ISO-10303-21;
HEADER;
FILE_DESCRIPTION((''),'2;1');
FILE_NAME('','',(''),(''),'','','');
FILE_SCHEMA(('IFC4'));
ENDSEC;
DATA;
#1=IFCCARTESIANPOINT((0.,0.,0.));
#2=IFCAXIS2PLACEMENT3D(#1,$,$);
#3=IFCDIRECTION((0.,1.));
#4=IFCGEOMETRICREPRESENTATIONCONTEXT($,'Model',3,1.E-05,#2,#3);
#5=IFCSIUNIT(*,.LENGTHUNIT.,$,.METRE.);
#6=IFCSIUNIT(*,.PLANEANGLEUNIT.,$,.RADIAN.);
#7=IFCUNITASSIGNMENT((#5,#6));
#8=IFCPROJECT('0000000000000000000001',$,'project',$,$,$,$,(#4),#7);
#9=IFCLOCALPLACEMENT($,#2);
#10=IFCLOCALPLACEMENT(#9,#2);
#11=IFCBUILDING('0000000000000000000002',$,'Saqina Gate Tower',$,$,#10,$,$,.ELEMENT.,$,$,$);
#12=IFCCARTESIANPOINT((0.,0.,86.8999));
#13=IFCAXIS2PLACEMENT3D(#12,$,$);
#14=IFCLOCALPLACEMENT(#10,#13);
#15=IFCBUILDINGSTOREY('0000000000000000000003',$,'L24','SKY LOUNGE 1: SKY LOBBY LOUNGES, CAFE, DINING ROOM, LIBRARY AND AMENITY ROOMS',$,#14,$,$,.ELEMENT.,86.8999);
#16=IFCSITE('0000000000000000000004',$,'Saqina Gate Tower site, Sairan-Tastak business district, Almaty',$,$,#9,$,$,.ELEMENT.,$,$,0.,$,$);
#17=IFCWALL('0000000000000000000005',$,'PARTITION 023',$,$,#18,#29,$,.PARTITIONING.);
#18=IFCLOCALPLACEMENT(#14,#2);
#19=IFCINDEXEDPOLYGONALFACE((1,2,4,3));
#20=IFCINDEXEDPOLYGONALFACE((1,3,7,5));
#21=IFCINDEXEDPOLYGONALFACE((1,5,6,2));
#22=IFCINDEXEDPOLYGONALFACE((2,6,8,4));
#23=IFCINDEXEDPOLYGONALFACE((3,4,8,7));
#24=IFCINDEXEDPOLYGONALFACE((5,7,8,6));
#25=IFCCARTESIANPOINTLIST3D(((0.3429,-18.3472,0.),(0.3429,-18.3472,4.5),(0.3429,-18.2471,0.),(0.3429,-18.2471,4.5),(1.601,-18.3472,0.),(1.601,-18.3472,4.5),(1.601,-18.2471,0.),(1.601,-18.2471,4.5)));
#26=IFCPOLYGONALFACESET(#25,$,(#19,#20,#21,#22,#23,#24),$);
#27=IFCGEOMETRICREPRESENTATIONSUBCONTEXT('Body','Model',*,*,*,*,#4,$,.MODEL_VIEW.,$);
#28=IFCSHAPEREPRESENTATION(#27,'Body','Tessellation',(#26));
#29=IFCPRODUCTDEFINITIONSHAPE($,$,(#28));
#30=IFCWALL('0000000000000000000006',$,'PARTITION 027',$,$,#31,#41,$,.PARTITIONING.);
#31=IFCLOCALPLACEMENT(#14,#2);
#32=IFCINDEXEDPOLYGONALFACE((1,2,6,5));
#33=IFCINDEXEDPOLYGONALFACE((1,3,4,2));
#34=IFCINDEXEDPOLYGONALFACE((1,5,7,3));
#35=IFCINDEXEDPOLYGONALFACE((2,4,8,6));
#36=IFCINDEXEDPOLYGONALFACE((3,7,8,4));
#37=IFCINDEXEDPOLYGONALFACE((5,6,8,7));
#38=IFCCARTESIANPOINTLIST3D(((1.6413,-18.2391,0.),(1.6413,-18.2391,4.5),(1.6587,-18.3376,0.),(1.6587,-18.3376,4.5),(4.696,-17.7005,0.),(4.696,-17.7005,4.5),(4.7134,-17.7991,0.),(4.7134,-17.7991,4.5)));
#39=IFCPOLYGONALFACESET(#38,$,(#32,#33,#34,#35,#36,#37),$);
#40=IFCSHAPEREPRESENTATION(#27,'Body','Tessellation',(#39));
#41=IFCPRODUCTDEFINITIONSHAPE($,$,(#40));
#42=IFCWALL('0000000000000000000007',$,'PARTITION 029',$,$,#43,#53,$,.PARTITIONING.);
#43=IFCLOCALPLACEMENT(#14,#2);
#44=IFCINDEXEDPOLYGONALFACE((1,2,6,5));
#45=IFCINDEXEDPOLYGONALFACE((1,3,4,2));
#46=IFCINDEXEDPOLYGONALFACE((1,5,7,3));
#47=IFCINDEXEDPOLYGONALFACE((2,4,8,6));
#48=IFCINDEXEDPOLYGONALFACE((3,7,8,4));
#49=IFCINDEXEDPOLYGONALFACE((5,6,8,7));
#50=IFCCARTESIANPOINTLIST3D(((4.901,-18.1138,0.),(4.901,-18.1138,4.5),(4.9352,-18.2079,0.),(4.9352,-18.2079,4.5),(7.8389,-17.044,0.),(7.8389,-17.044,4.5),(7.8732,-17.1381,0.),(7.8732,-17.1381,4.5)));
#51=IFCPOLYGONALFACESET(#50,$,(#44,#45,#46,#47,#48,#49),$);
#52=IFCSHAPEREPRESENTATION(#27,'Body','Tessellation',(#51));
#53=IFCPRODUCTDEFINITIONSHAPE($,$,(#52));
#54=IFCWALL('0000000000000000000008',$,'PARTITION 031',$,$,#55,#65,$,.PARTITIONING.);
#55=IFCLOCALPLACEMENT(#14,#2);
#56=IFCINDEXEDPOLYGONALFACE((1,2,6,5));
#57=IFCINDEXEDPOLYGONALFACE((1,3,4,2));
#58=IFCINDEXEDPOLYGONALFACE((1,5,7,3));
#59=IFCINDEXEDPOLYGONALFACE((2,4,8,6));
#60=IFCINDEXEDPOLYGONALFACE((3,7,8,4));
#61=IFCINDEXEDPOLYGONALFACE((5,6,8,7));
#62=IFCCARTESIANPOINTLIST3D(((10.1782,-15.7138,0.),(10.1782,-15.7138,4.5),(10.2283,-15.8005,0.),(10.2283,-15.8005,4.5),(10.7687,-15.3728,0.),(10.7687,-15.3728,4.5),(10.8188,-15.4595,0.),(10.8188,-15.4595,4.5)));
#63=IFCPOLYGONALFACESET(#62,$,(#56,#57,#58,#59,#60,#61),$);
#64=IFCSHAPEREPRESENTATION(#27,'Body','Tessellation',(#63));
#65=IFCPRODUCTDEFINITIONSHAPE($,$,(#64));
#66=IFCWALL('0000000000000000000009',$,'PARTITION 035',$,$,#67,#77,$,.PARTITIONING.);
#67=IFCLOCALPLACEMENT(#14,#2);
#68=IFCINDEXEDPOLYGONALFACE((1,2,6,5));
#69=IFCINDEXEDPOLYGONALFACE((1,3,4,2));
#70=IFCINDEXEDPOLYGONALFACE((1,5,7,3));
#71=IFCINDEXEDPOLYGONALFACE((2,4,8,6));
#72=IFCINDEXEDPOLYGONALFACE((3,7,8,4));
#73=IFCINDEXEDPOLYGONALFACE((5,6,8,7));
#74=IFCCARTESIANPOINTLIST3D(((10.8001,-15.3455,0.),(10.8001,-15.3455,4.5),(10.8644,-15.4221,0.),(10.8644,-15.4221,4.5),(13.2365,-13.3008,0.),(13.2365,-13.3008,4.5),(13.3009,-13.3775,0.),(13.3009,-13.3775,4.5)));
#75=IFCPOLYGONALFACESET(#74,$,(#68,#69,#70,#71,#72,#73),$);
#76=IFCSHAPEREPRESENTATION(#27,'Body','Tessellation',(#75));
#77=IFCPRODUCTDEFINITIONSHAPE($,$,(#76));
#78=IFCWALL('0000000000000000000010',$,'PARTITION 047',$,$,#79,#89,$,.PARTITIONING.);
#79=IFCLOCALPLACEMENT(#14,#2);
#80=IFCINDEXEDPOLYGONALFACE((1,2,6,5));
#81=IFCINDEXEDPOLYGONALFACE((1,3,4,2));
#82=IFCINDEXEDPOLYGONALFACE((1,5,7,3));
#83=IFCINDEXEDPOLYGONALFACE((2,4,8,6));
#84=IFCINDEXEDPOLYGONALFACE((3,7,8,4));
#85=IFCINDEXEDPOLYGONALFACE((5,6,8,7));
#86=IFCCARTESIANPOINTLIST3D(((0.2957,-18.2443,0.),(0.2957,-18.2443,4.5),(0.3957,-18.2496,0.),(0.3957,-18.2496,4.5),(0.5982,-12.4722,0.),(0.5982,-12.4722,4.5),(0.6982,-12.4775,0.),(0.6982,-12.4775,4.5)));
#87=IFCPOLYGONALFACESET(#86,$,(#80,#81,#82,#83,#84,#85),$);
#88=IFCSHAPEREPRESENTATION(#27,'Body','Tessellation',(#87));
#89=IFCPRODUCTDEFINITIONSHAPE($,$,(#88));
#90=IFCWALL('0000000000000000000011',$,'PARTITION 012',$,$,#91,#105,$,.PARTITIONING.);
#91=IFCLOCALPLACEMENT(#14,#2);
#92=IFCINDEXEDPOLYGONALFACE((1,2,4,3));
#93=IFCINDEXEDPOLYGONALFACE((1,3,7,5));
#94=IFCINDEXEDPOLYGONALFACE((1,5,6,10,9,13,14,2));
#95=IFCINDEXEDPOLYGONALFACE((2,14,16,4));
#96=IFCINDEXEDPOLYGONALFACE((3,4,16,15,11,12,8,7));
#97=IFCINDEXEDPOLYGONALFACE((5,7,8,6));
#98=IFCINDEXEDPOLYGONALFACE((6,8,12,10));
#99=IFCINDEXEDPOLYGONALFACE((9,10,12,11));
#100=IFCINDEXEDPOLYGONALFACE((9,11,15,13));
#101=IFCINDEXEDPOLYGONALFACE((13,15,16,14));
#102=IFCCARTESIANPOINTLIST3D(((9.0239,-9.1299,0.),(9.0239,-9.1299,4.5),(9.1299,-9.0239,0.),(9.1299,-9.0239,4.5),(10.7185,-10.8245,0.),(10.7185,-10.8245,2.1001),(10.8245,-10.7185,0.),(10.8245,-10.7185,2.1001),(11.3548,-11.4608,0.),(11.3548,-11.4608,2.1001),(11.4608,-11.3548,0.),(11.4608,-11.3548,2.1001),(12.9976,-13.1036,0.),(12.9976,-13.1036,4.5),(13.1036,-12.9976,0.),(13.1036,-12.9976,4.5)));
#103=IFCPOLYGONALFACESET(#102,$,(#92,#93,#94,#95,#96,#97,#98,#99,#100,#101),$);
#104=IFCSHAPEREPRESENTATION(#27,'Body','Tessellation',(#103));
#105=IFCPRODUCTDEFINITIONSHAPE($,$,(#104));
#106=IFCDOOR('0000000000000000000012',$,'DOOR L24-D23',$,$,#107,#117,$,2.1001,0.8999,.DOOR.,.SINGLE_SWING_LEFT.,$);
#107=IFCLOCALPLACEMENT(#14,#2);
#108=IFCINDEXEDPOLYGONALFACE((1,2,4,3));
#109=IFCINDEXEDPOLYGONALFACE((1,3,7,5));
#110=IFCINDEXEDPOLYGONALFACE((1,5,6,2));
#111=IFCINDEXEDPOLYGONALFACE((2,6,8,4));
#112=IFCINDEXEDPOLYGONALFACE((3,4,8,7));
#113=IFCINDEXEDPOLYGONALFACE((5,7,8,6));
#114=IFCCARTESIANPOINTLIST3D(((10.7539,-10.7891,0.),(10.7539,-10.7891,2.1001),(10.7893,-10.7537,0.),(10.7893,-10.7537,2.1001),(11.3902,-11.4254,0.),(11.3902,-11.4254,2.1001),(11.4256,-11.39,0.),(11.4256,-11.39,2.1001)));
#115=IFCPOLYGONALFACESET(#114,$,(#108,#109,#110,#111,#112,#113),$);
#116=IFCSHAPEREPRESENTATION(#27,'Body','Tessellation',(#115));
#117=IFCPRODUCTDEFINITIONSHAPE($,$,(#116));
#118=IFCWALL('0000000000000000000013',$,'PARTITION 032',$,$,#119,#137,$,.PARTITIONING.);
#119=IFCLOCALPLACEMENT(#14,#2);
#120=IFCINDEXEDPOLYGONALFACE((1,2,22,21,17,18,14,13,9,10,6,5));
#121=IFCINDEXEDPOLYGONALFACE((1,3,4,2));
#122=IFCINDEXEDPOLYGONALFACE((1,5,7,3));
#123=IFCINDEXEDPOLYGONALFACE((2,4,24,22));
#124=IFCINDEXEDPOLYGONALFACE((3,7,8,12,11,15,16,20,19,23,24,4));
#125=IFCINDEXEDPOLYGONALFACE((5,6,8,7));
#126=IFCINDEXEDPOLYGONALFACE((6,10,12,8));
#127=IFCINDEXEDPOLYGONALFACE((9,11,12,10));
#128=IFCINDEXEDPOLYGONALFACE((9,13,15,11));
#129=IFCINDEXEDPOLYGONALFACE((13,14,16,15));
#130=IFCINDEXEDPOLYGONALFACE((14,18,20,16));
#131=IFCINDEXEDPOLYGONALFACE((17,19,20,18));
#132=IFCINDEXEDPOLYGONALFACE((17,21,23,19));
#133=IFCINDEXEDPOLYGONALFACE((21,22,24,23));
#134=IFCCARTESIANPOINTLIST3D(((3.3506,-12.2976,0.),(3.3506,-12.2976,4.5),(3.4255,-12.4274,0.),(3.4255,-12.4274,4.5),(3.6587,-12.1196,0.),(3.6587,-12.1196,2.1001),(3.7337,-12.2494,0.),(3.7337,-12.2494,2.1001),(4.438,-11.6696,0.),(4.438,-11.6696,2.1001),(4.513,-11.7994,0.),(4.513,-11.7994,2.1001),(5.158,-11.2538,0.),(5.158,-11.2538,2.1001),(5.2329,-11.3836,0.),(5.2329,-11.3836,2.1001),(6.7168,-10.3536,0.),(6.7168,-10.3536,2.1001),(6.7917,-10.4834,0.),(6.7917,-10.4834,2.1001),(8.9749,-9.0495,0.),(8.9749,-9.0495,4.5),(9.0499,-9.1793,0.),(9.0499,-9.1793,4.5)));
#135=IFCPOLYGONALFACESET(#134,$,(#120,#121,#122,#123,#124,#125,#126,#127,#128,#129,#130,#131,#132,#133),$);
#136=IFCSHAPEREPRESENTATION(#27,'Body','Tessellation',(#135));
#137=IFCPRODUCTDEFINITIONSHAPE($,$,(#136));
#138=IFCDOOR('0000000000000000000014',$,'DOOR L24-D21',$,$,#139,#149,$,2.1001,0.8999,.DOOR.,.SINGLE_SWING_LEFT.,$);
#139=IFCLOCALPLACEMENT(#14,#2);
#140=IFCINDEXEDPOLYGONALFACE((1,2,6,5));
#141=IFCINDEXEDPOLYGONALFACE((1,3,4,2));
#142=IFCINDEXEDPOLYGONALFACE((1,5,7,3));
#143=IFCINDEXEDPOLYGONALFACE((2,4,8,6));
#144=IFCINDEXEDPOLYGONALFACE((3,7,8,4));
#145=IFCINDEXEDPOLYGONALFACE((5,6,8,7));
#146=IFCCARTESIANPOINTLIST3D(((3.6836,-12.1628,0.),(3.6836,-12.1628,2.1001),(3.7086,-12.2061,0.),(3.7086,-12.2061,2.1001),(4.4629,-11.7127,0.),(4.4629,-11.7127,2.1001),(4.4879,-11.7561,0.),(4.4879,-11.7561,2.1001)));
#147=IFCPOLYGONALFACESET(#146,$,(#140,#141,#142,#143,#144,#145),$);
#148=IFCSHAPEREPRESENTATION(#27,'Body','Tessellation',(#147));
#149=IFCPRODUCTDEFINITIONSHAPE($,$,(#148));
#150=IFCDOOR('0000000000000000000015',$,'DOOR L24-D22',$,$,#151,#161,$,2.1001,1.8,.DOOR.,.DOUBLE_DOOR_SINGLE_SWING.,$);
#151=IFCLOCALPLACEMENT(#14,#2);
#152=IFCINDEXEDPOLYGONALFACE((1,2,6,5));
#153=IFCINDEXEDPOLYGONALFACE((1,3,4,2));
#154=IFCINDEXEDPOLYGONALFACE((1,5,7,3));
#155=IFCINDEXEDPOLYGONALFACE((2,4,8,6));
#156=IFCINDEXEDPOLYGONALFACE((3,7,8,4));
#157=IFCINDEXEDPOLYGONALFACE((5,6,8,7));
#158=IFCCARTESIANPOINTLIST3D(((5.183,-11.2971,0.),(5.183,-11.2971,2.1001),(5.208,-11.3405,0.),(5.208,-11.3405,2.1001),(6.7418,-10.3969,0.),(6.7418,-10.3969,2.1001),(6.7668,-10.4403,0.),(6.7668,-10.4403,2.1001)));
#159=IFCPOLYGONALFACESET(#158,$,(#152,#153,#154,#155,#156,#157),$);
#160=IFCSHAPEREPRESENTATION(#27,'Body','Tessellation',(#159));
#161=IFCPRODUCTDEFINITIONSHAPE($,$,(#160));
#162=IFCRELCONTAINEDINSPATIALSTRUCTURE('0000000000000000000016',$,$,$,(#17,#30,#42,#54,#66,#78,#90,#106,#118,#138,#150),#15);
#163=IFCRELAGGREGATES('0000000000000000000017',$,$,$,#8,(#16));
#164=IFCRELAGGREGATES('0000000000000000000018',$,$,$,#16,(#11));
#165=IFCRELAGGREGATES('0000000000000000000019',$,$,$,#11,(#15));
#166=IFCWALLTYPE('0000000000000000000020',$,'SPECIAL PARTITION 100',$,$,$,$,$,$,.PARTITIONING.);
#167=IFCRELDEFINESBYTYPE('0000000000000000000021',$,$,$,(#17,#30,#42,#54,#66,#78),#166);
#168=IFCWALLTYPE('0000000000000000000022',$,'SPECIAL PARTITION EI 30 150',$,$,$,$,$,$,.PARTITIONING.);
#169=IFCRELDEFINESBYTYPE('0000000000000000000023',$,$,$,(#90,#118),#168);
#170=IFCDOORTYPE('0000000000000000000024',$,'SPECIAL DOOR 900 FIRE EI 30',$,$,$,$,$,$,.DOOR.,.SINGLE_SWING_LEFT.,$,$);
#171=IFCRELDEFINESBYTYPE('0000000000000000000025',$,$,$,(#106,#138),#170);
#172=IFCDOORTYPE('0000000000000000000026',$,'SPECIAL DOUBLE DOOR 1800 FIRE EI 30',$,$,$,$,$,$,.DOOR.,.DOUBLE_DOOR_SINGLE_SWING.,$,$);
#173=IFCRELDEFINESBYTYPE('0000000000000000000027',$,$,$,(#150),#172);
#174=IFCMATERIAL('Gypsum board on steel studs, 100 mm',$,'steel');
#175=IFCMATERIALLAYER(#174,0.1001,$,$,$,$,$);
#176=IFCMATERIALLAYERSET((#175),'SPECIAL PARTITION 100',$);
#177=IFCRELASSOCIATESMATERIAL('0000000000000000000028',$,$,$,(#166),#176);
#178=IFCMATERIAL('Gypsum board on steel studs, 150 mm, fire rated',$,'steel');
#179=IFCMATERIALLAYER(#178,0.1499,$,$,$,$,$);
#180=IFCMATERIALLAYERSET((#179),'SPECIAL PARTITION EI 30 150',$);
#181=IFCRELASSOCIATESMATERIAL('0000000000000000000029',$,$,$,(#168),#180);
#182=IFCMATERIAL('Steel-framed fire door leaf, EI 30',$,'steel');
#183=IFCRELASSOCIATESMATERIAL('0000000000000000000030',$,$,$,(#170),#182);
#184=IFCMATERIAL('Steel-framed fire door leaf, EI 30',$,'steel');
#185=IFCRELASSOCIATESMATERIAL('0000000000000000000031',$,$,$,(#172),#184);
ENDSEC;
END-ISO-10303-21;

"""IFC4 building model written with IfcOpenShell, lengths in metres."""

from ifc_helpers import new_model, si_unit, direction, frame, frame_2d, origin, place, context, subcontext, project, spatial, rectangle, extrude, material, layer, layer_set, type_object, element, fill, save


model = new_model("IFC4")

# Units and contexts
model_context = context("Model", 3, precision=1e-05, world=origin(), true_north=direction((0.0, 1.0)))
body_context = subcontext(model_context, "Body", "Model", "MODEL_VIEW")
ifc_project = project(units=[si_unit("LENGTHUNIT", "METRE"), si_unit("PLANEANGLEUNIT", "RADIAN")], contexts=[model_context])

# Site, building, storey
site_placement = place(None, origin())
site = spatial("IfcSite", under=ifc_project, at=site_placement, Name="Saqina Gate Tower site, Sairan-Tastak business district, Almaty", CompositionType="ELEMENT", RefElevation=0.0)
building_placement = place(site_placement, origin())
building = spatial("IfcBuilding", under=site, at=building_placement, Name="Saqina Gate Tower", CompositionType="ELEMENT")
storey_placement = place(building_placement, frame((0.0, 0.0, 86.8999)))
storey = spatial("IfcBuildingStorey", under=building, at=storey_placement, Name="L24", Description="SKY LOUNGE 1: SKY LOBBY LOUNGES, CAFE, DINING ROOM, LIBRARY AND AMENITY ROOMS", CompositionType="ELEMENT", Elevation=86.8999)

# Walls
ifc_material_1 = material(Name="Gypsum board on steel studs, 100 mm", Category="steel")
ifc_layer_1 = layer(ifc_material_1, 0.1001)
ifc_layer_set_1 = layer_set([ifc_layer_1], Name="SPECIAL PARTITION 100")
wall_type_1 = type_object("IfcWallType", Name="SPECIAL PARTITION 100", PredefinedType="PARTITIONING", material=ifc_layer_set_1)
wall_1_placement = place(storey_placement, frame((0.343, -18.2971, 0.0), z_axis=(0.0, 0.0, 1.0), x_axis=(1.0, 0.0, 0.0)))
element("IfcWall", 1, at=wall_1_placement, inside=storey, type_object=wall_type_1, Name="PARTITION 023", PredefinedType="PARTITIONING", context=body_context, shape_type="SweptSolid", body=[
    extrude(rectangle(XDim=1.2581, YDim=0.1001, at=frame_2d((0.6289, 0.0))), origin(), (0.0, 0.0, 1.0), 4.5),
])
wall_2_placement = place(storey_placement, frame((1.6501, -18.2883, 0.0), z_axis=(0.0, 0.0, 1.0), x_axis=(0.98481, 0.173633, 0.0)))
element("IfcWall", 2, at=wall_2_placement, inside=storey, type_object=wall_type_1, Name="PARTITION 027", PredefinedType="PARTITIONING", context=body_context, shape_type="SweptSolid", body=[
    extrude(rectangle(XDim=3.1018, YDim=0.1001, at=frame_2d((1.5508, 0.0))), origin(), (0.0, 0.0, 1.0), 4.5),
])
wall_3_placement = place(storey_placement, frame((4.918, -18.1609, 0.0), z_axis=(0.0, 0.0, 1.0), x_axis=(0.939643, 0.342157, 0.0)))
element("IfcWall", 3, at=wall_3_placement, inside=storey, type_object=wall_type_1, Name="PARTITION 029", PredefinedType="PARTITIONING", context=body_context, shape_type="SweptSolid", body=[
    extrude(rectangle(XDim=3.1267, YDim=0.1001, at=frame_2d((1.5635, 0.0))), origin(), (0.0, 0.0, 1.0), 4.5),
])
wall_4_placement = place(storey_placement, frame((10.2034, -15.7571, 0.0), z_axis=(0.0, 0.0, 1.0), x_axis=(0.865965, 0.500105, 0.0)))
element("IfcWall", 4, at=wall_4_placement, inside=storey, type_object=wall_type_1, Name="PARTITION 031", PredefinedType="PARTITIONING", context=body_context, shape_type="SweptSolid", body=[
    extrude(rectangle(XDim=0.6819, YDim=0.1001, at=frame_2d((0.3408, 0.0))), origin(), (0.0, 0.0, 1.0), 4.5),
])
wall_5_placement = place(storey_placement, frame((10.8323, -15.3838, 0.0), z_axis=(0.0, 0.0, 1.0), x_axis=(0.766015, 0.642823, 0.0)))
element("IfcWall", 5, at=wall_5_placement, inside=storey, type_object=wall_type_1, Name="PARTITION 035", PredefinedType="PARTITIONING", context=body_context, shape_type="SweptSolid", body=[
    extrude(rectangle(XDim=3.1807, YDim=0.1001, at=frame_2d((1.5903, 0.0))), origin(), (0.0, 0.0, 1.0), 4.5),
])
wall_6_placement = place(storey_placement, frame((0.3457, -18.2471, 0.0), z_axis=(0.0, 0.0, 1.0), x_axis=(0.052333, 0.99863, 0.0)))
element("IfcWall", 6, at=wall_6_placement, inside=storey, type_object=wall_type_1, Name="PARTITION 047", PredefinedType="PARTITIONING", context=body_context, shape_type="SweptSolid", body=[
    extrude(rectangle(XDim=5.78, YDim=0.1001, at=frame_2d((2.8901, 0.0))), origin(), (0.0, 0.0, 1.0), 4.5),
])

# Wall, opening, door
ifc_material_2 = material(Name="Gypsum board on steel studs, 150 mm, fire rated", Category="steel")
ifc_layer_2 = layer(ifc_material_2, 0.1499)
ifc_layer_set_2 = layer_set([ifc_layer_2], Name="SPECIAL PARTITION EI 30 150")
wall_type_2 = type_object("IfcWallType", Name="SPECIAL PARTITION EI 30 150", PredefinedType="PARTITIONING", material=ifc_layer_set_2)
wall_7_placement = place(storey_placement, frame((9.0769, -9.0769, 0.0), z_axis=(0.0, 0.0, 1.0), x_axis=(0.707107, -0.707107, 0.0)))
wall_7 = element("IfcWall", 7, at=wall_7_placement, inside=storey, type_object=wall_type_2, Name="PARTITION 012", PredefinedType="PARTITIONING", context=body_context, shape_type="SweptSolid", body=[
    extrude(rectangle(XDim=5.6196, YDim=0.1499, at=frame_2d((2.8098, 0.0))), origin(), (0.0, 0.0, 1.0), 4.5),
])
opening_1_placement = place(wall_7_placement, frame((2.3965, 0.0, 0.0)))
opening_1 = element("IfcOpeningElement", 8, at=opening_1_placement, cuts=wall_7, PredefinedType="OPENING", context=body_context, shape_type="SweptSolid", body=[
    extrude(rectangle(XDim=0.8999, YDim=2.1001, at=frame_2d((0.45, 1.05))), frame((0.0, 0.0869, 0.0), z_axis=(0.0, -1.0, 0.0), x_axis=(1.0, 0.0, 0.0)), (0.0, 0.0, 1.0), 0.1738),
])
ifc_material_3 = material(Name="Steel-framed fire door leaf, EI 30", Category="steel")
door_type_1 = type_object("IfcDoorType", Name="SPECIAL DOOR 900 FIRE EI 30", OperationType="SINGLE_SWING_LEFT", PredefinedType="DOOR", material=ifc_material_3)
door_1_placement = place(opening_1_placement, frame((0.8999, 0.0, 0.0), z_axis=(0.0, 0.0, 1.0), x_axis=(-1.0, 0.0, 0.0)))
door_1 = element("IfcDoor", 9, at=door_1_placement, inside=storey, type_object=door_type_1, Name="DOOR L24-D23", OperationType="SINGLE_SWING_LEFT", OverallHeight=2.1001, OverallWidth=0.8999, PredefinedType="DOOR", context=body_context, shape_type="SweptSolid", body=[
    extrude(rectangle(XDim=0.8999, YDim=2.1001, at=frame_2d((0.45, 1.05))), frame((0.0, 0.0249, 0.0), z_axis=(0.0, -1.0, 0.0), x_axis=(1.0, 0.0, 0.0)), (0.0, 0.0, 1.0), 0.05),
])
fill(opening_1, door_1)

# Wall, openings, doors
wall_8_placement = place(storey_placement, frame((3.3879, -12.3625, 0.0), z_axis=(0.0, 0.0, 1.0), x_axis=(0.865967, 0.500101, 0.0)))
wall_8 = element("IfcWall", 10, at=wall_8_placement, inside=storey, type_object=wall_type_2, Name="PARTITION 032", PredefinedType="PARTITIONING", context=body_context, shape_type="SweptSolid", body=[
    extrude(rectangle(XDim=6.4949, YDim=0.1499, at=frame_2d((3.2476, 0.0))), origin(), (0.0, 0.0, 1.0), 4.5),
])
opening_2_placement = place(wall_8_placement, frame((0.356, 0.0, 0.0)))
opening_2 = element("IfcOpeningElement", 11, at=opening_2_placement, cuts=wall_8, PredefinedType="OPENING", context=body_context, shape_type="SweptSolid", body=[
    extrude(rectangle(XDim=0.8999, YDim=2.1001, at=frame_2d((0.45, 1.05))), frame((0.0, 0.0869, 0.0), z_axis=(0.0, -1.0, 0.0), x_axis=(1.0, 0.0, 0.0)), (0.0, 0.0, 1.0), 0.1738),
])
opening_3_placement = place(wall_8_placement, frame((2.0874, 0.0, 0.0)))
opening_3 = element("IfcOpeningElement", 12, at=opening_3_placement, cuts=wall_8, PredefinedType="OPENING", context=body_context, shape_type="SweptSolid", body=[
    extrude(rectangle(XDim=1.8, YDim=2.1001, at=frame_2d((0.8999, 1.05))), frame((0.0, 0.0869, 0.0), z_axis=(0.0, -1.0, 0.0), x_axis=(1.0, 0.0, 0.0)), (0.0, 0.0, 1.0), 0.1738),
])
door_2_placement = place(opening_2_placement, frame((0.8999, 0.0, 0.0), z_axis=(0.0, 0.0, 1.0), x_axis=(-1.0, 0.0, 0.0)))
door_2 = element("IfcDoor", 13, at=door_2_placement, inside=storey, type_object=door_type_1, Name="DOOR L24-D21", OperationType="SINGLE_SWING_LEFT", OverallHeight=2.1001, OverallWidth=0.8999, PredefinedType="DOOR", context=body_context, shape_type="SweptSolid", body=[
    extrude(rectangle(XDim=0.8999, YDim=2.1001, at=frame_2d((0.45, 1.05))), frame((0.0, 0.0249, 0.0), z_axis=(0.0, -1.0, 0.0), x_axis=(1.0, 0.0, 0.0)), (0.0, 0.0, 1.0), 0.05),
])
fill(opening_2, door_2)
ifc_material_4 = material(Name="Steel-framed fire door leaf, EI 30", Category="steel")
door_type_2 = type_object("IfcDoorType", Name="SPECIAL DOUBLE DOOR 1800 FIRE EI 30", OperationType="DOUBLE_DOOR_SINGLE_SWING", PredefinedType="DOOR", material=ifc_material_4)
door_3_placement = place(opening_3_placement, origin())
door_3 = element("IfcDoor", 14, at=door_3_placement, inside=storey, type_object=door_type_2, Name="DOOR L24-D22", OperationType="DOUBLE_DOOR_SINGLE_SWING", OverallHeight=2.1001, OverallWidth=1.8, PredefinedType="DOOR", context=body_context, shape_type="SweptSolid", body=[
    extrude(rectangle(XDim=1.8, YDim=2.1001, at=frame_2d((0.8999, 1.05))), frame((0.0, 0.0249, 0.0), z_axis=(0.0, -1.0, 0.0), x_axis=(1.0, 0.0, 0.0)), (0.0, 0.0, 1.0), 0.05),
])
fill(opening_3, door_3)

save(model, "model.ifc")
